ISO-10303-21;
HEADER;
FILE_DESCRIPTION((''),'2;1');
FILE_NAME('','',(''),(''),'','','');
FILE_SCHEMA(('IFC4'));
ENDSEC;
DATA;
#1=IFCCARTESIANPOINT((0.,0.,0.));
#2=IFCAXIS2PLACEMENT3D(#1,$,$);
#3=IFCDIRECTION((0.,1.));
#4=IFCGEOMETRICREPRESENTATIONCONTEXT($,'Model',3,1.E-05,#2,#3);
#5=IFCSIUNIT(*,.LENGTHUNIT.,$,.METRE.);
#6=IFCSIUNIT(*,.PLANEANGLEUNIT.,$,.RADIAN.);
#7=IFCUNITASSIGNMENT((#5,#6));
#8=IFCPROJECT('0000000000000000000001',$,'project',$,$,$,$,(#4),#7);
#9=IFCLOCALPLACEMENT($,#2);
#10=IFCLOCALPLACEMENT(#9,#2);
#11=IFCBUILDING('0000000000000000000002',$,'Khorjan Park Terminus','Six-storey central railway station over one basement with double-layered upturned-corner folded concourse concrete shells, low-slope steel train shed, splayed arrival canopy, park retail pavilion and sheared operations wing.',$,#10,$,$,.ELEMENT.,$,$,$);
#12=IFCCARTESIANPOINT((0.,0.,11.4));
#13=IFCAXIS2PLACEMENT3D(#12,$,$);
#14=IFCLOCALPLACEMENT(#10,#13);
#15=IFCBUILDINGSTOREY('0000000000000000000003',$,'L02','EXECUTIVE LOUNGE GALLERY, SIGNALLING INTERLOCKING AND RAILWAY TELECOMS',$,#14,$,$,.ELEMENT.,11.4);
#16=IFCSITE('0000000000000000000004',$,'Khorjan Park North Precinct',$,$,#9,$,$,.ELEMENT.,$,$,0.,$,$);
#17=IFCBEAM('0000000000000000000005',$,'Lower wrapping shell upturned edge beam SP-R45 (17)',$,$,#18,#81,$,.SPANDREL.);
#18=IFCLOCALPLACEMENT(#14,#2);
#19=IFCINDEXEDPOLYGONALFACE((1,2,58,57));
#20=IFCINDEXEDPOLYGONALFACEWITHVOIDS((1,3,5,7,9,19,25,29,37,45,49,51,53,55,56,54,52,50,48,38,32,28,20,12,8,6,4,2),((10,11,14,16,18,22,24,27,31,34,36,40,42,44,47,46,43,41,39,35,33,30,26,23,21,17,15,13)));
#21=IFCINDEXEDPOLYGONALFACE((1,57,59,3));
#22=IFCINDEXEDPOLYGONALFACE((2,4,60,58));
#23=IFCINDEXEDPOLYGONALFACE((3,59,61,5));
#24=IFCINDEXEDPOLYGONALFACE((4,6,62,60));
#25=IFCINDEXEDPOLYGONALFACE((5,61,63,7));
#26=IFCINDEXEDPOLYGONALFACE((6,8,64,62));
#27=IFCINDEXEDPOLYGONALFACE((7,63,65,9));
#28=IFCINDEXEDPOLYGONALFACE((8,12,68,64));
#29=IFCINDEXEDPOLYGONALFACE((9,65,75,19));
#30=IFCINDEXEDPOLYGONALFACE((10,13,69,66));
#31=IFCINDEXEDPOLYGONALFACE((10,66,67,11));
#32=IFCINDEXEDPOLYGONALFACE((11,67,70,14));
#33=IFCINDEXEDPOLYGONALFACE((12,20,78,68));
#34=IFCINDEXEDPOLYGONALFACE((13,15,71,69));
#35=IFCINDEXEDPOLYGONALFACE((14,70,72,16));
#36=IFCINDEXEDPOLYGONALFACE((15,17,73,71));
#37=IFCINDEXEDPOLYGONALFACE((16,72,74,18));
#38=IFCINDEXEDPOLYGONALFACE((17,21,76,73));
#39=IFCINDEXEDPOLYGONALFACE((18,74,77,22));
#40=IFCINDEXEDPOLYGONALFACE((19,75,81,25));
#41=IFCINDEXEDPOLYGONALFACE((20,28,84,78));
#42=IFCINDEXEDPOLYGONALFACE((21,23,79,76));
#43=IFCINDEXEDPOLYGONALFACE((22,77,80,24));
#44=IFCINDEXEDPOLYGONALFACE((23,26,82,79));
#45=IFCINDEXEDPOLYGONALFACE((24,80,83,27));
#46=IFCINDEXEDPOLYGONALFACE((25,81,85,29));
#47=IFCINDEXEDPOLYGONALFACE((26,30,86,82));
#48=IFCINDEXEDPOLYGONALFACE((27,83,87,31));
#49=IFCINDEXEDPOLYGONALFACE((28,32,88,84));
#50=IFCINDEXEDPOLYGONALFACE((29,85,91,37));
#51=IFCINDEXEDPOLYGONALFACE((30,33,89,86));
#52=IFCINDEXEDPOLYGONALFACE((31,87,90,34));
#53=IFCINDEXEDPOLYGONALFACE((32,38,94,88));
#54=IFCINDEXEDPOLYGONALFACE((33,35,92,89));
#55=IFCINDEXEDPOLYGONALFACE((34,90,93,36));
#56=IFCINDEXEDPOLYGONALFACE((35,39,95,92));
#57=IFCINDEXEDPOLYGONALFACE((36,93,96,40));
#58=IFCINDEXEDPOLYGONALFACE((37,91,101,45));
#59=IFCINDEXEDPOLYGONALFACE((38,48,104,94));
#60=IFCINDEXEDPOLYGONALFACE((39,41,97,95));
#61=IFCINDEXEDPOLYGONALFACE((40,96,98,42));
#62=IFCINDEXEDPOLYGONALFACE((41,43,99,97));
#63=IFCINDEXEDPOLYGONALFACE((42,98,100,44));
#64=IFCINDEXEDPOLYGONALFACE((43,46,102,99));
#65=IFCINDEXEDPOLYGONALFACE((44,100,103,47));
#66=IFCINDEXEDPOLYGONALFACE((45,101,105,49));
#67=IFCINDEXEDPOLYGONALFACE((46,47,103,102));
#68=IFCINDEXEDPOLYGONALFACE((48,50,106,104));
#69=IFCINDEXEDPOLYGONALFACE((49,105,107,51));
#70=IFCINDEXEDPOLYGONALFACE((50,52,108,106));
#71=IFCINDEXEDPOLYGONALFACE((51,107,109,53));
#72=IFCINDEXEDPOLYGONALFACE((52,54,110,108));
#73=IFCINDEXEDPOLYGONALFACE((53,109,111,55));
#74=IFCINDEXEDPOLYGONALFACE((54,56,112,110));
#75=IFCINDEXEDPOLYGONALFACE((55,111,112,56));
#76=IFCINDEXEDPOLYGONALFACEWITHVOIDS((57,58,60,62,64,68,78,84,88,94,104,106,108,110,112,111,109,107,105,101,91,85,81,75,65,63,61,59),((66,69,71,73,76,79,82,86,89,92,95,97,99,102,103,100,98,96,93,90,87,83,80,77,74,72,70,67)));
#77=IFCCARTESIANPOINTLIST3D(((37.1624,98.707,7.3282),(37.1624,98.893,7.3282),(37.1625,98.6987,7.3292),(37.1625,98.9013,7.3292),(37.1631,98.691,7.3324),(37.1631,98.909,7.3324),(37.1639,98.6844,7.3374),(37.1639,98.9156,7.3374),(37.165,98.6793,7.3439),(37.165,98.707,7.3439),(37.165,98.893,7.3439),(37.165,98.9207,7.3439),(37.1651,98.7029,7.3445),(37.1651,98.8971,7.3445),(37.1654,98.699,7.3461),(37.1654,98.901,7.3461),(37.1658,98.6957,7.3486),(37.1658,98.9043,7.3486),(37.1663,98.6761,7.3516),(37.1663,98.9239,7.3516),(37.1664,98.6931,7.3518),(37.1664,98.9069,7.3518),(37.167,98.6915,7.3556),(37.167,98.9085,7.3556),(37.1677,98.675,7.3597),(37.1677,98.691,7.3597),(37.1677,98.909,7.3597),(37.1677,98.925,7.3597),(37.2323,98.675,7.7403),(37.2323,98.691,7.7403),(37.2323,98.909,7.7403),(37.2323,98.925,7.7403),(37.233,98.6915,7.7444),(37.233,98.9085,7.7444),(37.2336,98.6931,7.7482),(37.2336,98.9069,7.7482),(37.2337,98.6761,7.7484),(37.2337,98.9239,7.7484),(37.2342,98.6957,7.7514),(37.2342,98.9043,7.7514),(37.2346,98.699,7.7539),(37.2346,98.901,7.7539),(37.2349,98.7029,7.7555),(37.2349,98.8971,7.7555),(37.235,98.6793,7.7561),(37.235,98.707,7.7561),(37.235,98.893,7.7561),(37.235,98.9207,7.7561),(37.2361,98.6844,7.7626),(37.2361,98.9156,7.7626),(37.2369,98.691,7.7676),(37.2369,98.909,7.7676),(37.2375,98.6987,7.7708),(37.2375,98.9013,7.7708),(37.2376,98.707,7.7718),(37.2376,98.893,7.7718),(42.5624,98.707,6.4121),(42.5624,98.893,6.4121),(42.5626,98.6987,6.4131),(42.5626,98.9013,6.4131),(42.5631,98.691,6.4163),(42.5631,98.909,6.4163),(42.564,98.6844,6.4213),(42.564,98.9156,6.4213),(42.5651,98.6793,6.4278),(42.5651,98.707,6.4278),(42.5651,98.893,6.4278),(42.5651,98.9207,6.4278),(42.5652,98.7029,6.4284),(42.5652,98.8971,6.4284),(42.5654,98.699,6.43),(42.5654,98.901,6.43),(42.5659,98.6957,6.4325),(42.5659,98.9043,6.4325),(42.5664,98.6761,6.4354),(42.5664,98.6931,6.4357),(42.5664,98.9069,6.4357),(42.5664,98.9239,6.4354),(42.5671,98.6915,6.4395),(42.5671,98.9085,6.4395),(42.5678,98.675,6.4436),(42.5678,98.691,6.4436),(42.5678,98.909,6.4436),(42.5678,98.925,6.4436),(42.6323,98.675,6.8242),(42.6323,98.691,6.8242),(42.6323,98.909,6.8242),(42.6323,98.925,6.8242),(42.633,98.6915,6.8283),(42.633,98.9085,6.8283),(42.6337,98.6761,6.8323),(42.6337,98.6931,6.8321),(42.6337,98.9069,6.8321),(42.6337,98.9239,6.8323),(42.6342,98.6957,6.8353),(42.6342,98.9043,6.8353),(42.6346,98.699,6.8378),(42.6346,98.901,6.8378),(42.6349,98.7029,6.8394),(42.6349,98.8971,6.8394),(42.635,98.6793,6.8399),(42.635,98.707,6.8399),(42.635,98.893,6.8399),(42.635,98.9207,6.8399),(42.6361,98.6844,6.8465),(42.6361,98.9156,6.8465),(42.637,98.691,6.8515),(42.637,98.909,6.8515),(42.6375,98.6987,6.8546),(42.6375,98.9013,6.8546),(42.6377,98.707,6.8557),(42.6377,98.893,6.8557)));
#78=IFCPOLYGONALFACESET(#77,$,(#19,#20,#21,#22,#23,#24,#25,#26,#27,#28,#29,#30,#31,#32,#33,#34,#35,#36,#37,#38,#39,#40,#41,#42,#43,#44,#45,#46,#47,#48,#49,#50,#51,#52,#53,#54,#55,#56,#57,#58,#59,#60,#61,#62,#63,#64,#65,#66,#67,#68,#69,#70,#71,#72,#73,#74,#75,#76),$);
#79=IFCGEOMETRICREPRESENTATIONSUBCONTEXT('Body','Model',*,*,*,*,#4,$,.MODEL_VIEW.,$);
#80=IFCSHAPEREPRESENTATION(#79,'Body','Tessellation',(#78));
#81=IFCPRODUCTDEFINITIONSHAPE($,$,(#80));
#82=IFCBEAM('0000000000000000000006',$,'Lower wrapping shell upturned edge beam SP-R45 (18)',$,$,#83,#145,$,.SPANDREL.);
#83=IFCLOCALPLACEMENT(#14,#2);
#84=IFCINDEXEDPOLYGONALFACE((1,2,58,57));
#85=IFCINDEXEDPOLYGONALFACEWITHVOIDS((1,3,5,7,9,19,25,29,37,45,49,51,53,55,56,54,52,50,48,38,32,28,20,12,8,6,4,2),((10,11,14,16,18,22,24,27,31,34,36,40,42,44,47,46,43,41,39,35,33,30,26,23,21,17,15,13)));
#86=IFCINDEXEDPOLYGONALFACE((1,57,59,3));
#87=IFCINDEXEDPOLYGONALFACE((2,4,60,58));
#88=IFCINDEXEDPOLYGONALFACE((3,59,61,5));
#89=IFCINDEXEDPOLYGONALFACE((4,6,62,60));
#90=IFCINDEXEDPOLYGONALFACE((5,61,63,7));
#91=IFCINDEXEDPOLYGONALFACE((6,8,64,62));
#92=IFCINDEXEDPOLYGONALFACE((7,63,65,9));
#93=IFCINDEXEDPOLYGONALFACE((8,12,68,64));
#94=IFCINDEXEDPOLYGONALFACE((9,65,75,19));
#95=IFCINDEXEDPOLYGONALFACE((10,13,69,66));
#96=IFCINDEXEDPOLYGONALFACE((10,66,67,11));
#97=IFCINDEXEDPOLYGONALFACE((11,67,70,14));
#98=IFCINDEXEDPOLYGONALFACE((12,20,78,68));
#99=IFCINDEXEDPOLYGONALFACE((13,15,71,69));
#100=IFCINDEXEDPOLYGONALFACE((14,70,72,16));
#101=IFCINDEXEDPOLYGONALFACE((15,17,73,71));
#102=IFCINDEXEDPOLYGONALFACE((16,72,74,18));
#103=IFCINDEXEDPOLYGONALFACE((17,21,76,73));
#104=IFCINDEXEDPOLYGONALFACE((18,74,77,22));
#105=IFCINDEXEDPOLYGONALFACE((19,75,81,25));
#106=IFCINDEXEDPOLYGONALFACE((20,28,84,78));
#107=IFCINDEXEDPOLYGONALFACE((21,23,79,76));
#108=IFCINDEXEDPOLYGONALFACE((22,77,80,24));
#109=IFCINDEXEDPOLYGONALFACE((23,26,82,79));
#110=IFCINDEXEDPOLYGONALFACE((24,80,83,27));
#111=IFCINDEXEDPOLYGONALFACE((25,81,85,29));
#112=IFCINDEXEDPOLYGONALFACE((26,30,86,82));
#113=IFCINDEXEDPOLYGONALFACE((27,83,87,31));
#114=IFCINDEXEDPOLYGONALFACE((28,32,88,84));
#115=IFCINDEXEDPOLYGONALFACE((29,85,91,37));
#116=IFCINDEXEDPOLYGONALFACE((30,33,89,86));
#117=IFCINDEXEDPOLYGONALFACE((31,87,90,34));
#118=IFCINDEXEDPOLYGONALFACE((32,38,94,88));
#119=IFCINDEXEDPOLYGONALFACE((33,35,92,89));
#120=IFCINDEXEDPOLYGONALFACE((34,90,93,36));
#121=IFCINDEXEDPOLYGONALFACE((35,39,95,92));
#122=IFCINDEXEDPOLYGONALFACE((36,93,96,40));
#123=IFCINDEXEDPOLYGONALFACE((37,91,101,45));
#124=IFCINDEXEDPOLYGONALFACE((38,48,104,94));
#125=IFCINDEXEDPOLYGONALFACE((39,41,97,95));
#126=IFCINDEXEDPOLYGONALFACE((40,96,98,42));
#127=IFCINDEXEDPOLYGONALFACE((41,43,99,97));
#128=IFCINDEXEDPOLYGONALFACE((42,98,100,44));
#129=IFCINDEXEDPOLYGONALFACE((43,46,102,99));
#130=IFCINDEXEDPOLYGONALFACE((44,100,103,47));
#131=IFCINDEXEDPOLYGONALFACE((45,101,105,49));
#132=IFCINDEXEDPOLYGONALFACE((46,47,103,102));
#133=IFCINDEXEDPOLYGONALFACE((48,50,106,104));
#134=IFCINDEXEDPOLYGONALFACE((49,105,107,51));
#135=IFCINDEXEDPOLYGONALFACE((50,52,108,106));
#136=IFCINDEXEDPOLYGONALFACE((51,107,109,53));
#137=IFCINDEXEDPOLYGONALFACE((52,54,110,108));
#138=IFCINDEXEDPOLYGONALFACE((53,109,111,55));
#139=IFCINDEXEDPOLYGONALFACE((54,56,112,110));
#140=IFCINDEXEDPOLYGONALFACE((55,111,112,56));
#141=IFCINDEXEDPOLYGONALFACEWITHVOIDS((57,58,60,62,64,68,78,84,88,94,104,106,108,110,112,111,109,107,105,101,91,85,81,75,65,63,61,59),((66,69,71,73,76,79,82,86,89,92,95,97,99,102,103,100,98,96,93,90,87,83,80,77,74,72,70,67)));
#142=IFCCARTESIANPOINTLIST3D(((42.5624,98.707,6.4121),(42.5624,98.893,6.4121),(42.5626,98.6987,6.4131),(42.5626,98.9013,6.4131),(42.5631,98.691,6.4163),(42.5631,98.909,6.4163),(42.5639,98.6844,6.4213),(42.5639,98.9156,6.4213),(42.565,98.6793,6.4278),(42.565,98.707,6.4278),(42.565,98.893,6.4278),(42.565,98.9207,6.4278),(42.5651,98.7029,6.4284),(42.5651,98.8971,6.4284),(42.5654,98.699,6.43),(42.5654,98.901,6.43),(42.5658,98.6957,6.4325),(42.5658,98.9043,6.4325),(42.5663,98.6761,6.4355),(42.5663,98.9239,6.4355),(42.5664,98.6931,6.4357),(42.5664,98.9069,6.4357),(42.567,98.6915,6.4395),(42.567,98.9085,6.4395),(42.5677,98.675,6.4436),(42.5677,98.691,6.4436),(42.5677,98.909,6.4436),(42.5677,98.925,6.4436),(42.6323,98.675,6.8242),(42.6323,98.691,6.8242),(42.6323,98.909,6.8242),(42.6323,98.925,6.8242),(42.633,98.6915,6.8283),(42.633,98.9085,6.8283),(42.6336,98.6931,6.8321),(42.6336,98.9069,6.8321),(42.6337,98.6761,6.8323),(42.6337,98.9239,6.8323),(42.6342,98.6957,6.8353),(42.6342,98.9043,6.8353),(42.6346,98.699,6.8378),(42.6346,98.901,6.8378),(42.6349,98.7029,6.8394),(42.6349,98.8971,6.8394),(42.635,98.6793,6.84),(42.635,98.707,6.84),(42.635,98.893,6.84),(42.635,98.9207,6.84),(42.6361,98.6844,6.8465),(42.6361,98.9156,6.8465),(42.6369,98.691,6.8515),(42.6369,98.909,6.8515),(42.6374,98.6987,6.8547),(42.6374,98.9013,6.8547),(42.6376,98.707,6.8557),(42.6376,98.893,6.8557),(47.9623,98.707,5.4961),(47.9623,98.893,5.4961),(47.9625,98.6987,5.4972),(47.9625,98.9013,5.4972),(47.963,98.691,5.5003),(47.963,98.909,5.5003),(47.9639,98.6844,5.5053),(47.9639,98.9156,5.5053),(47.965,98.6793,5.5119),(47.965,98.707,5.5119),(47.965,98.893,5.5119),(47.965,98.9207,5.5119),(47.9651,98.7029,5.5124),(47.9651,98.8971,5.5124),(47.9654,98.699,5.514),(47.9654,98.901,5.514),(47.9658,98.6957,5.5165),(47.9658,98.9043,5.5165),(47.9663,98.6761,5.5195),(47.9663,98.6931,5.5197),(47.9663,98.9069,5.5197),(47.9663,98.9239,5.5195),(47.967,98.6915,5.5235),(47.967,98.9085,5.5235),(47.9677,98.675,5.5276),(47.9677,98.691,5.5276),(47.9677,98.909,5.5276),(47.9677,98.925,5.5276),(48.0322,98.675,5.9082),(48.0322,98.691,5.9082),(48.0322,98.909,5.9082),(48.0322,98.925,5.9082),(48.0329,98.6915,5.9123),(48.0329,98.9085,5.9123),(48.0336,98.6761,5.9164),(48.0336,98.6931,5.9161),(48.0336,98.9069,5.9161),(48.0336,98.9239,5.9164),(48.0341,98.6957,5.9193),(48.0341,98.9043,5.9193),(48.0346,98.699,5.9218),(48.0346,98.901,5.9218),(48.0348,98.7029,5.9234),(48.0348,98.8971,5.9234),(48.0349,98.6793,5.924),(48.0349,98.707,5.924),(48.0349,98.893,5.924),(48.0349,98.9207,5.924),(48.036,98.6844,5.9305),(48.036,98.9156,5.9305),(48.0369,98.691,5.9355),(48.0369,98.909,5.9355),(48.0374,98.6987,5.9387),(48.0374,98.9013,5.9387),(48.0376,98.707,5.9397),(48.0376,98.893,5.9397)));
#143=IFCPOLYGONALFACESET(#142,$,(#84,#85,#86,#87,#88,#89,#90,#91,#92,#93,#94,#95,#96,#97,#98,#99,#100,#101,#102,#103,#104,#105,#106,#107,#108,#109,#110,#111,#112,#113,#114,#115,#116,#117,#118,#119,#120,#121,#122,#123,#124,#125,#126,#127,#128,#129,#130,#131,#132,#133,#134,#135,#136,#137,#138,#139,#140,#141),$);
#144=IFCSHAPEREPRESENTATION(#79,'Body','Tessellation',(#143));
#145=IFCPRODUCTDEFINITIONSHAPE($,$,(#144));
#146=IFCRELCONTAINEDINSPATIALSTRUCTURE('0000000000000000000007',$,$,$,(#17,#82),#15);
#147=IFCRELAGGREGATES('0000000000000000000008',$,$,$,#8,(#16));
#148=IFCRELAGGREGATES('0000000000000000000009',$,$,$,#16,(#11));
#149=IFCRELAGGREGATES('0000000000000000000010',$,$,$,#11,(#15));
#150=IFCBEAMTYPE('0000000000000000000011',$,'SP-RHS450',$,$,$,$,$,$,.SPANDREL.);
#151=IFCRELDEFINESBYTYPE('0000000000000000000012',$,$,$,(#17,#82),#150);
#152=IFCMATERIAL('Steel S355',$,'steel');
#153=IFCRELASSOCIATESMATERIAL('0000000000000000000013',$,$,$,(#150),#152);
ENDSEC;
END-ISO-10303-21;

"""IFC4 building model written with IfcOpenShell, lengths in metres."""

from ifc_helpers import new_model, si_unit, direction, frame, origin, origin_2d, place, context, subcontext, project, spatial, hollow_rectangle, extrude, material, material_profile, profile_set, type_object, element, save


model = new_model("IFC4")

# Units and contexts
model_context = context("Model", 3, precision=1e-05, world=origin(), true_north=direction((0.0, 1.0)))
body_context = subcontext(model_context, "Body", "Model", "MODEL_VIEW")
ifc_project = project(units=[si_unit("LENGTHUNIT", "METRE"), si_unit("PLANEANGLEUNIT", "RADIAN")], contexts=[model_context])

# Site, building, storey
site_placement = place(None, origin())
site = spatial("IfcSite", under=ifc_project, at=site_placement, Name="Khorjan Park North Precinct", CompositionType="ELEMENT", RefElevation=0.0)
building_placement = place(site_placement, origin())
building = spatial("IfcBuilding", under=site, at=building_placement, Name="Khorjan Park Terminus", Description="Six-storey central railway station over one basement with double-layered upturned-corner folded concourse concrete shells, low-slope steel train shed, splayed arrival canopy, park retail pavilion and sheared operations wing.", CompositionType="ELEMENT")
storey_placement = place(building_placement, frame((0.0, 0.0, 11.4)))
storey = spatial("IfcBuildingStorey", under=building, at=storey_placement, Name="L02", Description="EXECUTIVE LOUNGE GALLERY, SIGNALLING INTERLOCKING AND RAILWAY TELECOMS", CompositionType="ELEMENT", Elevation=11.4)

# Shared definitions
ifc_material = material(Name="Steel S355", Category="steel")

# Beams
ifc_material_profile_1 = material_profile(ifc_material, hollow_rectangle(XDim=0.25, YDim=0.45, WallThickness=0.016, InnerFilletRadius=0.016, OuterFilletRadius=0.032, at=origin_2d()), Name="RHS 450x250x16")
ifc_profile_set_1 = profile_set([ifc_material_profile_1], Name="Steel S355")
beam_type = type_object("IfcBeamType", Name="SP-RHS450", PredefinedType="SPANDREL", material=ifc_profile_set_1)
beam_1_placement = place(storey_placement, frame((37.2, 98.8, 7.55), z_axis=(0.985913, 0.0, -0.167258), x_axis=(0.0, 1.0, 0.0)))
element("IfcBeam", 1, at=beam_1_placement, inside=storey, type_object=beam_type, Name="Lower wrapping shell upturned edge beam SP-R45 (17)", PredefinedType="SPANDREL", context=body_context, shape_type="SweptSolid", body=[
    extrude(hollow_rectangle(XDim=0.25, YDim=0.45, WallThickness=0.016, InnerFilletRadius=0.016, OuterFilletRadius=0.032, at=origin_2d()), origin(), (0.0, 0.0, 1.0), 5.4772),
])
beam_2_placement = place(storey_placement, frame((42.6, 98.8, 6.6339), z_axis=(0.985916, 0.0, -0.167241), x_axis=(0.0, 1.0, 0.0)))
element("IfcBeam", 2, at=beam_2_placement, inside=storey, type_object=beam_type, Name="Lower wrapping shell upturned edge beam SP-R45 (18)", PredefinedType="SPANDREL", context=body_context, shape_type="SweptSolid", body=[
    extrude(hollow_rectangle(XDim=0.25, YDim=0.45, WallThickness=0.016, InnerFilletRadius=0.016, OuterFilletRadius=0.032, at=origin_2d()), origin(), (0.0, 0.0, 1.0), 5.4771),
])

save(model, "model.ifc")
